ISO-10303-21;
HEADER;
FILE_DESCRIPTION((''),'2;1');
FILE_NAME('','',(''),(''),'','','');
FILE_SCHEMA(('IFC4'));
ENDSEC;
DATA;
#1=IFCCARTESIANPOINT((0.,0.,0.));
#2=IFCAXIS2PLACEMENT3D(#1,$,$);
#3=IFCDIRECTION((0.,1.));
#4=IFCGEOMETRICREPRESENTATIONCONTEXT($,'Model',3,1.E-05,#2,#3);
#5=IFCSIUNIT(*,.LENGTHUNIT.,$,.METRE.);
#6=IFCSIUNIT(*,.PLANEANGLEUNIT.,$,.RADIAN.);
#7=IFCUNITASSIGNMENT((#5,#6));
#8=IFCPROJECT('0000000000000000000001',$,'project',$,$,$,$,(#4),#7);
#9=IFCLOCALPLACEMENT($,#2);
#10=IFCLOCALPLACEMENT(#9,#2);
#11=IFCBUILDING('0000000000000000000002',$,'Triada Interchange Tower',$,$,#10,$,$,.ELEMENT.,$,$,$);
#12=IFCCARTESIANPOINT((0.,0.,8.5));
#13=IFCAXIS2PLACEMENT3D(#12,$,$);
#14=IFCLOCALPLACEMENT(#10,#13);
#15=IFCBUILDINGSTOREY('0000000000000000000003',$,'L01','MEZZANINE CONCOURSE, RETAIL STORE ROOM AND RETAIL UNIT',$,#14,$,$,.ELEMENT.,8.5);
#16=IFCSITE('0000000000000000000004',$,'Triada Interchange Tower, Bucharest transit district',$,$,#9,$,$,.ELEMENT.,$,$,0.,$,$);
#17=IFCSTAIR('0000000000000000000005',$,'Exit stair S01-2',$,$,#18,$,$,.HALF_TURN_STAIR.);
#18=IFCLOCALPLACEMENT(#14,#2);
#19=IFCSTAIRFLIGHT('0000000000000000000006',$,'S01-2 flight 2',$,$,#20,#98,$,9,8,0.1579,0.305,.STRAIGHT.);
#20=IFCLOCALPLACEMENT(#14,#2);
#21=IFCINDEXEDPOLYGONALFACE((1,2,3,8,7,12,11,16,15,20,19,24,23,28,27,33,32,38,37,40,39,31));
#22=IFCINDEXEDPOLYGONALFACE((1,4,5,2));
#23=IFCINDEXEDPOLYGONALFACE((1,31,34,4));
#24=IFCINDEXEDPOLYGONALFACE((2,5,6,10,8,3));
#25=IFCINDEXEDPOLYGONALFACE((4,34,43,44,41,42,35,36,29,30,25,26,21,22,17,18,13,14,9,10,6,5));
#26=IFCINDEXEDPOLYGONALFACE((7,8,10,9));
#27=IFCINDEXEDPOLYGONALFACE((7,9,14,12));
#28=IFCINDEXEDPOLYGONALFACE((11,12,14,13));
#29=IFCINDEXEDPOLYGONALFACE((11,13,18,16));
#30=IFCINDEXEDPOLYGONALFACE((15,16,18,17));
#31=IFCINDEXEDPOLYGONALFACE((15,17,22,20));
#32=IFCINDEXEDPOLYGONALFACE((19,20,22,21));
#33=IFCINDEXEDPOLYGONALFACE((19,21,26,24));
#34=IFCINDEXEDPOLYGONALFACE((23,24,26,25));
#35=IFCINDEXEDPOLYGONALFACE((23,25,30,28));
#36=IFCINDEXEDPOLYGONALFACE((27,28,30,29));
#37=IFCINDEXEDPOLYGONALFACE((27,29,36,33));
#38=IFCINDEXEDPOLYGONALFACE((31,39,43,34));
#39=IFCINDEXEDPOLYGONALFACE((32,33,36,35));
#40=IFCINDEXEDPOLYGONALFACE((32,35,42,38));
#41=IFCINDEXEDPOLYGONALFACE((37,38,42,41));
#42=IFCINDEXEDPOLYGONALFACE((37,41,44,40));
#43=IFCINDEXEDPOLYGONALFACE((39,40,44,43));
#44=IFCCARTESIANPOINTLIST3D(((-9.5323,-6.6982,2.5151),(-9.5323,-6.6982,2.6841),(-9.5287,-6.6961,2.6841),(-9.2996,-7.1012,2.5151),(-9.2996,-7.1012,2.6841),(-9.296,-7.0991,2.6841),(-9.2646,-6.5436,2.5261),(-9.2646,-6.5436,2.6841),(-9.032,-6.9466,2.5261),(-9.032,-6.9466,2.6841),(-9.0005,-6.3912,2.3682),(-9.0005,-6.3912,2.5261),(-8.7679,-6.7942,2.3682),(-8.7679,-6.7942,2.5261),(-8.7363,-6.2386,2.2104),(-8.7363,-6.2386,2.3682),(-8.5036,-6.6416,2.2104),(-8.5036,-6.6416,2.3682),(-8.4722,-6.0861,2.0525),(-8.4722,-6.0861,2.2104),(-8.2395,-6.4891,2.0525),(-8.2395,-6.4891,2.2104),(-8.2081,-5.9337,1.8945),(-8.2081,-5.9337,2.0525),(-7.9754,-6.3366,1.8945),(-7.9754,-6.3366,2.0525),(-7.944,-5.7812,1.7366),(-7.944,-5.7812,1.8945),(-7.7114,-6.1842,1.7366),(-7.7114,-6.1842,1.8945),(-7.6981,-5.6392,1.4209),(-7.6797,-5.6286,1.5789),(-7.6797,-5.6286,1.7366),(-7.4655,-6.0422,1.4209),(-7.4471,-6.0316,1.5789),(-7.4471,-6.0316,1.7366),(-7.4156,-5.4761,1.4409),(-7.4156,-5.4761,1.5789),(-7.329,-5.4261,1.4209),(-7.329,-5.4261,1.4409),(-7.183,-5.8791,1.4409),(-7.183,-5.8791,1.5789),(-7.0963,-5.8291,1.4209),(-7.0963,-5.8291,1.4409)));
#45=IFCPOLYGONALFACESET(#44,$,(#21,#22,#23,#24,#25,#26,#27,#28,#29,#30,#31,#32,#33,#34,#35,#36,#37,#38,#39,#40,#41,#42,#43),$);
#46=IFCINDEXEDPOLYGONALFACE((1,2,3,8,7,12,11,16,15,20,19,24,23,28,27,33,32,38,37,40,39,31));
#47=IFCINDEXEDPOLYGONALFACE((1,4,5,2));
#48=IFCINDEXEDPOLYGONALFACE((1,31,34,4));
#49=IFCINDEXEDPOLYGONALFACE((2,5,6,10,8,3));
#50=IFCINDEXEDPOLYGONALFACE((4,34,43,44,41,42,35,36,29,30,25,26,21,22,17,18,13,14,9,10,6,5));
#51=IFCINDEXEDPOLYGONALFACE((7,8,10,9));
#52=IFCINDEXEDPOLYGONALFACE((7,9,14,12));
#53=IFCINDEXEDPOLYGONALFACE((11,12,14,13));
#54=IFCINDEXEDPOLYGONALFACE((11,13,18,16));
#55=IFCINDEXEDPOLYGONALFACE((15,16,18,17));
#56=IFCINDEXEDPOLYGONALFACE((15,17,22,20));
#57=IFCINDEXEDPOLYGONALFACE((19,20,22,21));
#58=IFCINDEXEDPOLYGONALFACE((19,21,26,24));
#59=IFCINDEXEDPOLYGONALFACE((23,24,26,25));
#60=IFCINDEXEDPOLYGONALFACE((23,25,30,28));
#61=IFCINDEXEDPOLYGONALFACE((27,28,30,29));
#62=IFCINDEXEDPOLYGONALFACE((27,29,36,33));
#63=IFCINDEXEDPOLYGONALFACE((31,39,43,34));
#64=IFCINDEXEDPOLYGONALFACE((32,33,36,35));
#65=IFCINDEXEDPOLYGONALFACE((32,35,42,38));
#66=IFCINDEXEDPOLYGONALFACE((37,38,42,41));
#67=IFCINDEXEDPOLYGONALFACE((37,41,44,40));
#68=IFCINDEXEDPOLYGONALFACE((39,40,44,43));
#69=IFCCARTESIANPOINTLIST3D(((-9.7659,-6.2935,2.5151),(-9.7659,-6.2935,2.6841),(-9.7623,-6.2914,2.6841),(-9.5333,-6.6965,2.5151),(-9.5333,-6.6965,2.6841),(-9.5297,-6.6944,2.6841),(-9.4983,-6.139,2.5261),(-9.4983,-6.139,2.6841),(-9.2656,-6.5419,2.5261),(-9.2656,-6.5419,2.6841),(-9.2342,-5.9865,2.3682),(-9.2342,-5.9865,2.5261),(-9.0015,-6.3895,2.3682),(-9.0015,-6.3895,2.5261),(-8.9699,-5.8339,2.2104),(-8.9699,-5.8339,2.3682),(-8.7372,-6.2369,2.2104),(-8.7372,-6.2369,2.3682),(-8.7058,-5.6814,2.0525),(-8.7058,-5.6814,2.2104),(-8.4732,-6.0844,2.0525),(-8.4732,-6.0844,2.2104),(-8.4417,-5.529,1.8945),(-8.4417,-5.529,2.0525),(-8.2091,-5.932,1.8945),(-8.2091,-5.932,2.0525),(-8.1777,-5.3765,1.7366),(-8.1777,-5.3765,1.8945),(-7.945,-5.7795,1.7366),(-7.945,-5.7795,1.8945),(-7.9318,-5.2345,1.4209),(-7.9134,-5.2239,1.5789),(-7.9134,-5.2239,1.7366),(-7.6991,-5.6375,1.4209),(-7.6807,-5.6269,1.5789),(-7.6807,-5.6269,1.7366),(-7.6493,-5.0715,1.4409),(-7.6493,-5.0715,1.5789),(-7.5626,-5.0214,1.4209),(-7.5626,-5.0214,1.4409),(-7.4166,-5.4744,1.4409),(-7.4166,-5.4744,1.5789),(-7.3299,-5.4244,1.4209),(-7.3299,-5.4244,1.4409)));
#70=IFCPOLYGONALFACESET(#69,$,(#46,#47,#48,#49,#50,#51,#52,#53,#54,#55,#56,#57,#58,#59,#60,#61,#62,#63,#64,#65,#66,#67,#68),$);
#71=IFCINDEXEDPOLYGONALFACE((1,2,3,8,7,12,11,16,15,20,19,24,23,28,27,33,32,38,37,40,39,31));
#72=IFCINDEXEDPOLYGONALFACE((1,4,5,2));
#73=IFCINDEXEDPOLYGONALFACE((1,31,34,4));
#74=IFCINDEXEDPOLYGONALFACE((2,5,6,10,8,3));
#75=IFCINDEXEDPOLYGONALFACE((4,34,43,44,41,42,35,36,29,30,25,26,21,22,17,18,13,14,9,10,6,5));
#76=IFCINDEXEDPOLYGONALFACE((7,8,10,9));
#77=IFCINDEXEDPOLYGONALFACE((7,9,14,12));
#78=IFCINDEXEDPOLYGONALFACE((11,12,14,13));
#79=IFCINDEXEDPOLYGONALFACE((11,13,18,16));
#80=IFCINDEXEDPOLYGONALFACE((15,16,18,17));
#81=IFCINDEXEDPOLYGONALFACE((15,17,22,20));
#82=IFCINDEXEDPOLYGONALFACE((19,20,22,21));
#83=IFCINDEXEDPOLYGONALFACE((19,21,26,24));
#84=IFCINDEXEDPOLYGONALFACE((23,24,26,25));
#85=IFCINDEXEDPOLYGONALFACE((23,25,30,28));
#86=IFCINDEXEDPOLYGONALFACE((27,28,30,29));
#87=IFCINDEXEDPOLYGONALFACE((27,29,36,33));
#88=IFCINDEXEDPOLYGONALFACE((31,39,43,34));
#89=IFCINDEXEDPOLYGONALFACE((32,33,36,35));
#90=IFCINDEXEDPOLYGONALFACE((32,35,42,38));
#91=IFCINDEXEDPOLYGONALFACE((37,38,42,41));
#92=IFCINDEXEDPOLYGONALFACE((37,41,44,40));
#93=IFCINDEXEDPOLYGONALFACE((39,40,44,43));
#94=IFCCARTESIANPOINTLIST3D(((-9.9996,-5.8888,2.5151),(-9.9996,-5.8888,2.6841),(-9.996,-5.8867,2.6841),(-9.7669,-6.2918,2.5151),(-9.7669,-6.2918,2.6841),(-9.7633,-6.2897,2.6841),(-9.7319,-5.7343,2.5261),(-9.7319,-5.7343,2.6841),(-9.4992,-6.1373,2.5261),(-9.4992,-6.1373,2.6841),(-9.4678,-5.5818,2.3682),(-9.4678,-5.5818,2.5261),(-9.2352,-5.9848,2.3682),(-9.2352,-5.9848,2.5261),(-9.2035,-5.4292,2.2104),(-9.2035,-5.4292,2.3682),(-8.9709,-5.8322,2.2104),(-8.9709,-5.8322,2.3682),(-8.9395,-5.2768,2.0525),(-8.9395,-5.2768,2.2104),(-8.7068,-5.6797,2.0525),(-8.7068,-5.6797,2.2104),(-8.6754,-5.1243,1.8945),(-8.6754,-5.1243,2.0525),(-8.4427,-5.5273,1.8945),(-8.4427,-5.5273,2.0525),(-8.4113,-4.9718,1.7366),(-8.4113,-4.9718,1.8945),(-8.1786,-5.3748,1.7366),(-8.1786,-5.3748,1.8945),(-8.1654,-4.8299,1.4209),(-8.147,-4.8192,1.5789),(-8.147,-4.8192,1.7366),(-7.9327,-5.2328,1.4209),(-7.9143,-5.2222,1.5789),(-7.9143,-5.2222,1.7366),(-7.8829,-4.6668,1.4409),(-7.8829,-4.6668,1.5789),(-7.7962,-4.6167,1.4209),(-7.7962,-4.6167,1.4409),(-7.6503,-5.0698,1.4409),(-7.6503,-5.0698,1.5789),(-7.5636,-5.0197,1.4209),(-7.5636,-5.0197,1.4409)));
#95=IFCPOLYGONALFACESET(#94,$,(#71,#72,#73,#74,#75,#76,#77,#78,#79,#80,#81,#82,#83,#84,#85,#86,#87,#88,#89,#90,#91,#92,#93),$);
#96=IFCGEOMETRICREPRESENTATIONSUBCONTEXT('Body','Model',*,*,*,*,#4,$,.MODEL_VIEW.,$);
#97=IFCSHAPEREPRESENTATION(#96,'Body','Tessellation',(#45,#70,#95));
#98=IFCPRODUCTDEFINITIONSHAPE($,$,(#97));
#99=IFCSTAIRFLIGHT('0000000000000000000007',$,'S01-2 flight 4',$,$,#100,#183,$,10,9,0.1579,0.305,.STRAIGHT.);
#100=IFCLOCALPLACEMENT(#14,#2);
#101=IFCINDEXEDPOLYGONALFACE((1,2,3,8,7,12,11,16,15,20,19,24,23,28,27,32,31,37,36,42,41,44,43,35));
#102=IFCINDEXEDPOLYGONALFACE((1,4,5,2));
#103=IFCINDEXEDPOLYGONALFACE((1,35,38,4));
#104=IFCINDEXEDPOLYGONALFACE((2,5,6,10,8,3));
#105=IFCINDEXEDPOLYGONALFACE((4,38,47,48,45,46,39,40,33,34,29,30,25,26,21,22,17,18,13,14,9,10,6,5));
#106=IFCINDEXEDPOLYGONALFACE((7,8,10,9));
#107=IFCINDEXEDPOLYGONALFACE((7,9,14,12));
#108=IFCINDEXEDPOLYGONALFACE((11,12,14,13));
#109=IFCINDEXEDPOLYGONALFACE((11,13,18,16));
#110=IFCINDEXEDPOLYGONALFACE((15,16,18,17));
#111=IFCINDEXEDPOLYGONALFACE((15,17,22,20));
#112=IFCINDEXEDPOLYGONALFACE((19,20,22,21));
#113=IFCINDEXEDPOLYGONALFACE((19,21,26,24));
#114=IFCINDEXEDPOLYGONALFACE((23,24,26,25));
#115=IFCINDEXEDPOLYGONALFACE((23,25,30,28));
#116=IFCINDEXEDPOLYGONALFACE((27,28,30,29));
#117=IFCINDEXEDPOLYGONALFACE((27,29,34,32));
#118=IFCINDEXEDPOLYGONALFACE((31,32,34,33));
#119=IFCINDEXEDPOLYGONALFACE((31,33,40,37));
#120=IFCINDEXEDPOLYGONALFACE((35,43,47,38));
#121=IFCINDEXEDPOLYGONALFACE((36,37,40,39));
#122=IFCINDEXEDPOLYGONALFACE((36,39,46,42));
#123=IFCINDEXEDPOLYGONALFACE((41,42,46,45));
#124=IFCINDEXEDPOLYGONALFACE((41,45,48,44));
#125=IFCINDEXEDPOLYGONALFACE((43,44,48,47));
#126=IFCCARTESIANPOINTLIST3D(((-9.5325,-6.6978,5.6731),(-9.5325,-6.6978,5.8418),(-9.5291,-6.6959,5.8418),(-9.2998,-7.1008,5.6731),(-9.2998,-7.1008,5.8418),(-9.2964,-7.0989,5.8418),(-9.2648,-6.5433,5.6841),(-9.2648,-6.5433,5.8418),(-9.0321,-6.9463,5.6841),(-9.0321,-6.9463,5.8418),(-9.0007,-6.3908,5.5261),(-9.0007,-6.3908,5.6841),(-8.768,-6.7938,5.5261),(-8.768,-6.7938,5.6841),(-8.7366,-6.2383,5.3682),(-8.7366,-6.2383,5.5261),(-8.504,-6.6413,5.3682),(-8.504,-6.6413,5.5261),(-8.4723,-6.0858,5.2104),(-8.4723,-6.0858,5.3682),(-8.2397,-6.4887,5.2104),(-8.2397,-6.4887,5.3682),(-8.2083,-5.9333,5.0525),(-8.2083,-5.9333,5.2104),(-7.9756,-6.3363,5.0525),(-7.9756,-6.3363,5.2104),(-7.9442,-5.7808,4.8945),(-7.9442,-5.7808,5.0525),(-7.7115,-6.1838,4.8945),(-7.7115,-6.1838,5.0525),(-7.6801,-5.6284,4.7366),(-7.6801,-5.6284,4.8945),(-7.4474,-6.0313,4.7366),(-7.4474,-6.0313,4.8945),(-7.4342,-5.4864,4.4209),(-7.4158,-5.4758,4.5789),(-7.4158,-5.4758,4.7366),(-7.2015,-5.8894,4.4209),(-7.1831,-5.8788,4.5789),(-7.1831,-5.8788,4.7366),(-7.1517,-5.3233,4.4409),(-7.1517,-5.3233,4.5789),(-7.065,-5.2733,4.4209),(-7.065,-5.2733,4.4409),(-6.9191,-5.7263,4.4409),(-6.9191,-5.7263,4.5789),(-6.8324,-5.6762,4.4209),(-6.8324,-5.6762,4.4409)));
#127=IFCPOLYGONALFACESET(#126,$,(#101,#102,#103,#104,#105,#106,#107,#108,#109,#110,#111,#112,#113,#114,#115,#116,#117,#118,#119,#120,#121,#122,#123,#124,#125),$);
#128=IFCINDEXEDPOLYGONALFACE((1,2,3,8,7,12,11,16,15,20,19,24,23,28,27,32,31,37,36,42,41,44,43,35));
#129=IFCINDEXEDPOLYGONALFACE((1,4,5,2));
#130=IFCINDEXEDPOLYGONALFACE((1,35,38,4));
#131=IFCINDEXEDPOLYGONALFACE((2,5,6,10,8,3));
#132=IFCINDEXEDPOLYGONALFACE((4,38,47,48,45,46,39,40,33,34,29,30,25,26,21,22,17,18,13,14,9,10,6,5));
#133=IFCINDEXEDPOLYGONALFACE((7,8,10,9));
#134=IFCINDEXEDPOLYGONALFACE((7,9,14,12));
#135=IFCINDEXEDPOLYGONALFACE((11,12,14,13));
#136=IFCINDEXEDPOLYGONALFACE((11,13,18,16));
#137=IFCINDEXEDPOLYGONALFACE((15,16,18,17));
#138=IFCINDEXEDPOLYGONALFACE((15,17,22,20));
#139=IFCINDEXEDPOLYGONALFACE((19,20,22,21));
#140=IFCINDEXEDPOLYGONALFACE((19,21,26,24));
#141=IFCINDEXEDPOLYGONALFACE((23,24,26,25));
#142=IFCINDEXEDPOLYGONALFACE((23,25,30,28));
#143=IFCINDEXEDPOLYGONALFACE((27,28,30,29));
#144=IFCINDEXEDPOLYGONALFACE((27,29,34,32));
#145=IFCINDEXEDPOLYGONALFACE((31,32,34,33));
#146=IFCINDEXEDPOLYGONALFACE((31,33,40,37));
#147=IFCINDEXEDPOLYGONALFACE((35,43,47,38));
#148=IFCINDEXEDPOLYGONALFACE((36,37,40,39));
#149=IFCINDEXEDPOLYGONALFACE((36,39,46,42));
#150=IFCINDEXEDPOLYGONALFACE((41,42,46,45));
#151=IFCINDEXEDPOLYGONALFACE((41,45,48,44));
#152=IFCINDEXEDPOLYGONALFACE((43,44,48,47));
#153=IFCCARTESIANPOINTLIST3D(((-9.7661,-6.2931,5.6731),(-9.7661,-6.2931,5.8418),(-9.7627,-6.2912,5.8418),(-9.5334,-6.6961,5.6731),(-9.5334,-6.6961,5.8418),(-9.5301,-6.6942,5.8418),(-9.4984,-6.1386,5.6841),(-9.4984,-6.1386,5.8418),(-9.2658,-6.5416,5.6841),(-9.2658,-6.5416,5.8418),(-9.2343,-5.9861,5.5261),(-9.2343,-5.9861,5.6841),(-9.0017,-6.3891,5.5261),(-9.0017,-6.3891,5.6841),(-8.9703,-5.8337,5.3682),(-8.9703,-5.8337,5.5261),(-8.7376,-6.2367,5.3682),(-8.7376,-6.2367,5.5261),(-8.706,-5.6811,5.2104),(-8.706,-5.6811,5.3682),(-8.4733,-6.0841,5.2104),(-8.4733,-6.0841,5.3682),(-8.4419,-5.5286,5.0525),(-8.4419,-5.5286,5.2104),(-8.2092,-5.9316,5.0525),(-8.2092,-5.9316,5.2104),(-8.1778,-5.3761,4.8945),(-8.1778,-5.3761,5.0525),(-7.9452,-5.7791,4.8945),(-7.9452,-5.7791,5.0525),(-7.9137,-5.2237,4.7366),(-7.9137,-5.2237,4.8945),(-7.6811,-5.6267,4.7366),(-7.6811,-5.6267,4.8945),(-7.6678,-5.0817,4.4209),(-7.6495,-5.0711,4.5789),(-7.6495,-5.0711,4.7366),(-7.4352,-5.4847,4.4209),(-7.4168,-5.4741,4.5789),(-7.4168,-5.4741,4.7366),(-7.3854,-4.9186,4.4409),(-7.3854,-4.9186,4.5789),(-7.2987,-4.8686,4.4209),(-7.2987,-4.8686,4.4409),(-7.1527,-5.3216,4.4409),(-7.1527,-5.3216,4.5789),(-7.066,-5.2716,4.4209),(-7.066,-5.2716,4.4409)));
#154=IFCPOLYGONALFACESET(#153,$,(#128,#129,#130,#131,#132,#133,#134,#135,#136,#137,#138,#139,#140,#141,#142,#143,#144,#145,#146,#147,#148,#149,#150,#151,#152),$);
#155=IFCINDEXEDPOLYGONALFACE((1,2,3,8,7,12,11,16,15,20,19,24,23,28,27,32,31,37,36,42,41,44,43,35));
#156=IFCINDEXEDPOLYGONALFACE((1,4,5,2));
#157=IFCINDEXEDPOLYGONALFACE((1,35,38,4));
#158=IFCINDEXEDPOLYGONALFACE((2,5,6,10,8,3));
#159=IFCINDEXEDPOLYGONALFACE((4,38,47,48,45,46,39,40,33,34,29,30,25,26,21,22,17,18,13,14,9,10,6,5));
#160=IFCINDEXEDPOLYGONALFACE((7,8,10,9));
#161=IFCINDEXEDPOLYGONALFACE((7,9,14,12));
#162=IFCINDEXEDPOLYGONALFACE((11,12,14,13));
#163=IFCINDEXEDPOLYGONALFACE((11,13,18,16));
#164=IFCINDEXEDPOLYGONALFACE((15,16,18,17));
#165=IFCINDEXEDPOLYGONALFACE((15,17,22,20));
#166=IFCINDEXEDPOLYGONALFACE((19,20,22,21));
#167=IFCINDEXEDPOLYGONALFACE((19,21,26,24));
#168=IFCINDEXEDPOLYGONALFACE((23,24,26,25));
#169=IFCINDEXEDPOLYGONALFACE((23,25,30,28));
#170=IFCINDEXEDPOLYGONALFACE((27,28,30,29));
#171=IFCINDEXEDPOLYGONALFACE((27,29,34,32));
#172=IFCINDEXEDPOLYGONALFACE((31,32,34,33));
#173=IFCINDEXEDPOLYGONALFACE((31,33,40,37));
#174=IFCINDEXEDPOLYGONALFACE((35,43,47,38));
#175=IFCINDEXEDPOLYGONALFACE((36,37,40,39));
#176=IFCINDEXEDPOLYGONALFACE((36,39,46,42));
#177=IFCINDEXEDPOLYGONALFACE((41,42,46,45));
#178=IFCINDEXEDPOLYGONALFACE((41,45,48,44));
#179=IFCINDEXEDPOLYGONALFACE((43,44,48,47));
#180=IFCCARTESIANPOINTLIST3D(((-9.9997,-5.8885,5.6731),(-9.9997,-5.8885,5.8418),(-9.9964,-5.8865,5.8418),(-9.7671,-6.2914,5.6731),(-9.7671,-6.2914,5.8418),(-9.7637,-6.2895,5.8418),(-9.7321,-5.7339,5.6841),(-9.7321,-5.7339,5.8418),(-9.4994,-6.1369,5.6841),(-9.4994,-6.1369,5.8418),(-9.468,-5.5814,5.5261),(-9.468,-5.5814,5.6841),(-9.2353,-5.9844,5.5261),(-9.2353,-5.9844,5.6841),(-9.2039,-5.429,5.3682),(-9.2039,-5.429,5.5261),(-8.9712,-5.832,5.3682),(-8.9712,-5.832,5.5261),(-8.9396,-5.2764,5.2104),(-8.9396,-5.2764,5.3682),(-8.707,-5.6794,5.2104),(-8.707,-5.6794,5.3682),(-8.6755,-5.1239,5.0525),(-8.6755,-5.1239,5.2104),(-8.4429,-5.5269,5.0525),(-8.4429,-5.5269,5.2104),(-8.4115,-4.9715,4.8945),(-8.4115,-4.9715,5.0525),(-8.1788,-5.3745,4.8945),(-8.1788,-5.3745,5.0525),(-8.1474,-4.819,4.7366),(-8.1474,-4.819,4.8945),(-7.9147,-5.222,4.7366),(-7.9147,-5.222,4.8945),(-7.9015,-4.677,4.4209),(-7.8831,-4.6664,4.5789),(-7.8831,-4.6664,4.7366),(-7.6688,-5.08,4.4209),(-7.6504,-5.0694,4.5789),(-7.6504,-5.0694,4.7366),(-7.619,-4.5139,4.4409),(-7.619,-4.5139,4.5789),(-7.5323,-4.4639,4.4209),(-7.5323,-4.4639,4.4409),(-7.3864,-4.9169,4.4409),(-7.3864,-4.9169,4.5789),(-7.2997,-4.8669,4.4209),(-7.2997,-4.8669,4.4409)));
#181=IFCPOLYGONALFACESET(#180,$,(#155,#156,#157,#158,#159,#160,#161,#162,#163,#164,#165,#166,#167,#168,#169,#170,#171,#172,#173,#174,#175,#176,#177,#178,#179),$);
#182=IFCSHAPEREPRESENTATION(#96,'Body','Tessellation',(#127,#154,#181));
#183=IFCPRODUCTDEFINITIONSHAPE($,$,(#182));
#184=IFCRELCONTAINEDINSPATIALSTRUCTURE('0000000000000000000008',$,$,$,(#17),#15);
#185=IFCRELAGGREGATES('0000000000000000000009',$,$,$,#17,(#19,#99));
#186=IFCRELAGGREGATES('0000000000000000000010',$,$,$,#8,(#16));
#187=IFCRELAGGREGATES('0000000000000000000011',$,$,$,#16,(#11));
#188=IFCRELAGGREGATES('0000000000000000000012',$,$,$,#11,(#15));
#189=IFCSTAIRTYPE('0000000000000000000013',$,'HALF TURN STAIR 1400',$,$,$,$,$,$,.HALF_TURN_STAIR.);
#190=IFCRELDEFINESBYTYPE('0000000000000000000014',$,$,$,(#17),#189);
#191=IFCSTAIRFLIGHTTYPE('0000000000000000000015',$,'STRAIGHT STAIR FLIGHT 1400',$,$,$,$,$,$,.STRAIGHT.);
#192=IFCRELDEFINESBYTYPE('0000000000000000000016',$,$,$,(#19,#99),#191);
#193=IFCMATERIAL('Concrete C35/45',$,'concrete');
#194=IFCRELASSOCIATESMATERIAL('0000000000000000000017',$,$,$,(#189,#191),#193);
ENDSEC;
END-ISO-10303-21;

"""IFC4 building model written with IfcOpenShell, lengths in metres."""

from ifc_helpers import new_model, si_unit, direction, frame, origin, place, context, subcontext, project, spatial, polyline, outline, extrude, material, type_object, element, aggregate, save


model = new_model("IFC4")

# Units and contexts
model_context = context("Model", 3, precision=1e-05, world=origin(), true_north=direction((0.0, 1.0)))
body_context = subcontext(model_context, "Body", "Model", "MODEL_VIEW")
ifc_project = project(units=[si_unit("LENGTHUNIT", "METRE"), si_unit("PLANEANGLEUNIT", "RADIAN")], contexts=[model_context])

# Site, building, storey
site_placement = place(None, origin())
site = spatial("IfcSite", under=ifc_project, at=site_placement, Name="Triada Interchange Tower, Bucharest transit district", CompositionType="ELEMENT", RefElevation=0.0)
building_placement = place(site_placement, origin())
building = spatial("IfcBuilding", under=site, at=building_placement, Name="Triada Interchange Tower", CompositionType="ELEMENT")
storey_placement = place(building_placement, frame((0.0, 0.0, 8.5)))
storey = spatial("IfcBuildingStorey", under=building, at=storey_placement, Name="L01", Description="MEZZANINE CONCOURSE, RETAIL STORE ROOM AND RETAIL UNIT", CompositionType="ELEMENT", Elevation=8.5)

# Shared definitions
ifc_material_1 = material(Name="Concrete C35/45", Category="concrete")
stair_type = type_object("IfcStairType", Name="HALF TURN STAIR 1400", PredefinedType="HALF_TURN_STAIR", material=ifc_material_1)

# Stair, stair flights
stair_1_placement = place(storey_placement, origin())
stair_1 = element("IfcStair", 1, at=stair_1_placement, inside=storey, type_object=stair_type, Name="Exit stair S01-2", PredefinedType="HALF_TURN_STAIR")
stair_flight_type = type_object("IfcStairFlightType", Name="STRAIGHT STAIR FLIGHT 1400", PredefinedType="STRAIGHT", material=ifc_material_1)
stair_flight_1_placement = place(storey_placement, frame((-7.533, -5.2729, 1.4209), z_axis=(0.0, 0.0, 1.0), x_axis=(-0.866025, -0.5, 0.0)))
stair_flight_1 = element("IfcStairFlight", 2, at=stair_flight_1_placement, type_object=stair_flight_type, Name="S01-2 flight 2", NumberOfRisers=9, NumberOfTreads=8, PredefinedType="STRAIGHT", RiserHeight=0.1579, TreadLength=0.305, context=body_context, shape_type="SweptSolid", body=[
    extrude(outline(polyline([(-0.1001, 0.0), (-0.1001, 0.02), (0.0, 0.02), (0.0, 0.158), (0.3049, 0.158), (0.3049, 0.3157), (0.6101, 0.3157), (0.6101, 0.4736), (0.915, 0.4736), (0.915, 0.6316), (1.22, 0.6316), (1.22, 0.7896), (1.5249, 0.7896), (1.5249, 0.9473), (1.8301, 0.9473), (1.8301, 1.1052), (2.135, 1.1052), (2.135, 1.2632), (2.4399, 1.2632), (2.4441, 1.2632), (2.4441, 1.4209), (2.4441, 1.0942), (0.3262, 0.0), (-0.1001, 0.0)])), frame((0.0, 0.7, 0.0), z_axis=(0.0, -1.0, 0.0), x_axis=(1.0, 0.0, 0.0)), (0.0, 0.0, 1.0), 0.4653),
    extrude(outline(polyline([(-0.1001, 0.0), (-0.1001, 0.02), (0.0, 0.02), (0.0, 0.158), (0.3049, 0.158), (0.3049, 0.3157), (0.6101, 0.3157), (0.6101, 0.4736), (0.915, 0.4736), (0.915, 0.6316), (1.22, 0.6316), (1.22, 0.7896), (1.5249, 0.7896), (1.5249, 0.9473), (1.8301, 0.9473), (1.8301, 1.1052), (2.135, 1.1052), (2.135, 1.2632), (2.4399, 1.2632), (2.4441, 1.2632), (2.4441, 1.4209), (2.4441, 1.0942), (0.3262, 0.0), (-0.1001, 0.0)])), frame((0.0, 0.2327, 0.0), z_axis=(0.0, -1.0, 0.0), x_axis=(1.0, 0.0, 0.0)), (0.0, 0.0, 1.0), 0.4653),
    extrude(outline(polyline([(-0.1001, 0.0), (-0.1001, 0.02), (0.0, 0.02), (0.0, 0.158), (0.3049, 0.158), (0.3049, 0.3157), (0.6101, 0.3157), (0.6101, 0.4736), (0.915, 0.4736), (0.915, 0.6316), (1.22, 0.6316), (1.22, 0.7896), (1.5249, 0.7896), (1.5249, 0.9473), (1.8301, 0.9473), (1.8301, 1.1052), (2.135, 1.1052), (2.135, 1.2632), (2.4399, 1.2632), (2.4441, 1.2632), (2.4441, 1.4209), (2.4441, 1.0942), (0.3262, 0.0), (-0.1001, 0.0)])), frame((0.0, -0.2346, 0.0), z_axis=(0.0, -1.0, 0.0), x_axis=(1.0, 0.0, 0.0)), (0.0, 0.0, 1.0), 0.4653),
])
stair_flight_2_placement = place(storey_placement, frame((-7.269, -5.1201, 4.4209), z_axis=(0.0, 0.0, 1.0), x_axis=(-0.866025, -0.5, 0.0)))
stair_flight_2 = element("IfcStairFlight", 3, at=stair_flight_2_placement, type_object=stair_flight_type, Name="S01-2 flight 4", NumberOfRisers=10, NumberOfTreads=9, PredefinedType="STRAIGHT", RiserHeight=0.1579, TreadLength=0.305, context=body_context, shape_type="SweptSolid", body=[
    extrude(outline(polyline([(-0.1001, 0.0), (-0.1001, 0.02), (0.0, 0.02), (0.0, 0.158), (0.3049, 0.158), (0.3049, 0.3157), (0.6101, 0.3157), (0.6101, 0.4736), (0.915, 0.4736), (0.915, 0.6316), (1.22, 0.6316), (1.22, 0.7896), (1.5249, 0.7896), (1.5249, 0.9473), (1.8301, 0.9473), (1.8301, 1.1052), (2.135, 1.1052), (2.135, 1.2632), (2.4399, 1.2632), (2.4399, 1.4209), (2.7451, 1.4209), (2.749, 1.4209), (2.749, 1.5789), (2.749, 1.2522), (0.3262, 0.0), (-0.1001, 0.0)])), frame((0.0, 0.7, 0.0), z_axis=(0.0, -1.0, 0.0), x_axis=(1.0, 0.0, 0.0)), (0.0, 0.0, 1.0), 0.4653),
    extrude(outline(polyline([(-0.1001, 0.0), (-0.1001, 0.02), (0.0, 0.02), (0.0, 0.158), (0.3049, 0.158), (0.3049, 0.3157), (0.6101, 0.3157), (0.6101, 0.4736), (0.915, 0.4736), (0.915, 0.6316), (1.22, 0.6316), (1.22, 0.7896), (1.5249, 0.7896), (1.5249, 0.9473), (1.8301, 0.9473), (1.8301, 1.1052), (2.135, 1.1052), (2.135, 1.2632), (2.4399, 1.2632), (2.4399, 1.4209), (2.7451, 1.4209), (2.749, 1.4209), (2.749, 1.5789), (2.749, 1.2522), (0.3262, 0.0), (-0.1001, 0.0)])), frame((0.0, 0.2327, 0.0), z_axis=(0.0, -1.0, 0.0), x_axis=(1.0, 0.0, 0.0)), (0.0, 0.0, 1.0), 0.4653),
    extrude(outline(polyline([(-0.1001, 0.0), (-0.1001, 0.02), (0.0, 0.02), (0.0, 0.158), (0.3049, 0.158), (0.3049, 0.3157), (0.6101, 0.3157), (0.6101, 0.4736), (0.915, 0.4736), (0.915, 0.6316), (1.22, 0.6316), (1.22, 0.7896), (1.5249, 0.7896), (1.5249, 0.9473), (1.8301, 0.9473), (1.8301, 1.1052), (2.135, 1.1052), (2.135, 1.2632), (2.4399, 1.2632), (2.4399, 1.4209), (2.7451, 1.4209), (2.749, 1.4209), (2.749, 1.5789), (2.749, 1.2522), (0.3262, 0.0), (-0.1001, 0.0)])), frame((0.0, -0.2346, 0.0), z_axis=(0.0, -1.0, 0.0), x_axis=(1.0, 0.0, 0.0)), (0.0, 0.0, 1.0), 0.4653),
])

aggregate(stair_1, [stair_flight_1, stair_flight_2])

save(model, "model.ifc")
